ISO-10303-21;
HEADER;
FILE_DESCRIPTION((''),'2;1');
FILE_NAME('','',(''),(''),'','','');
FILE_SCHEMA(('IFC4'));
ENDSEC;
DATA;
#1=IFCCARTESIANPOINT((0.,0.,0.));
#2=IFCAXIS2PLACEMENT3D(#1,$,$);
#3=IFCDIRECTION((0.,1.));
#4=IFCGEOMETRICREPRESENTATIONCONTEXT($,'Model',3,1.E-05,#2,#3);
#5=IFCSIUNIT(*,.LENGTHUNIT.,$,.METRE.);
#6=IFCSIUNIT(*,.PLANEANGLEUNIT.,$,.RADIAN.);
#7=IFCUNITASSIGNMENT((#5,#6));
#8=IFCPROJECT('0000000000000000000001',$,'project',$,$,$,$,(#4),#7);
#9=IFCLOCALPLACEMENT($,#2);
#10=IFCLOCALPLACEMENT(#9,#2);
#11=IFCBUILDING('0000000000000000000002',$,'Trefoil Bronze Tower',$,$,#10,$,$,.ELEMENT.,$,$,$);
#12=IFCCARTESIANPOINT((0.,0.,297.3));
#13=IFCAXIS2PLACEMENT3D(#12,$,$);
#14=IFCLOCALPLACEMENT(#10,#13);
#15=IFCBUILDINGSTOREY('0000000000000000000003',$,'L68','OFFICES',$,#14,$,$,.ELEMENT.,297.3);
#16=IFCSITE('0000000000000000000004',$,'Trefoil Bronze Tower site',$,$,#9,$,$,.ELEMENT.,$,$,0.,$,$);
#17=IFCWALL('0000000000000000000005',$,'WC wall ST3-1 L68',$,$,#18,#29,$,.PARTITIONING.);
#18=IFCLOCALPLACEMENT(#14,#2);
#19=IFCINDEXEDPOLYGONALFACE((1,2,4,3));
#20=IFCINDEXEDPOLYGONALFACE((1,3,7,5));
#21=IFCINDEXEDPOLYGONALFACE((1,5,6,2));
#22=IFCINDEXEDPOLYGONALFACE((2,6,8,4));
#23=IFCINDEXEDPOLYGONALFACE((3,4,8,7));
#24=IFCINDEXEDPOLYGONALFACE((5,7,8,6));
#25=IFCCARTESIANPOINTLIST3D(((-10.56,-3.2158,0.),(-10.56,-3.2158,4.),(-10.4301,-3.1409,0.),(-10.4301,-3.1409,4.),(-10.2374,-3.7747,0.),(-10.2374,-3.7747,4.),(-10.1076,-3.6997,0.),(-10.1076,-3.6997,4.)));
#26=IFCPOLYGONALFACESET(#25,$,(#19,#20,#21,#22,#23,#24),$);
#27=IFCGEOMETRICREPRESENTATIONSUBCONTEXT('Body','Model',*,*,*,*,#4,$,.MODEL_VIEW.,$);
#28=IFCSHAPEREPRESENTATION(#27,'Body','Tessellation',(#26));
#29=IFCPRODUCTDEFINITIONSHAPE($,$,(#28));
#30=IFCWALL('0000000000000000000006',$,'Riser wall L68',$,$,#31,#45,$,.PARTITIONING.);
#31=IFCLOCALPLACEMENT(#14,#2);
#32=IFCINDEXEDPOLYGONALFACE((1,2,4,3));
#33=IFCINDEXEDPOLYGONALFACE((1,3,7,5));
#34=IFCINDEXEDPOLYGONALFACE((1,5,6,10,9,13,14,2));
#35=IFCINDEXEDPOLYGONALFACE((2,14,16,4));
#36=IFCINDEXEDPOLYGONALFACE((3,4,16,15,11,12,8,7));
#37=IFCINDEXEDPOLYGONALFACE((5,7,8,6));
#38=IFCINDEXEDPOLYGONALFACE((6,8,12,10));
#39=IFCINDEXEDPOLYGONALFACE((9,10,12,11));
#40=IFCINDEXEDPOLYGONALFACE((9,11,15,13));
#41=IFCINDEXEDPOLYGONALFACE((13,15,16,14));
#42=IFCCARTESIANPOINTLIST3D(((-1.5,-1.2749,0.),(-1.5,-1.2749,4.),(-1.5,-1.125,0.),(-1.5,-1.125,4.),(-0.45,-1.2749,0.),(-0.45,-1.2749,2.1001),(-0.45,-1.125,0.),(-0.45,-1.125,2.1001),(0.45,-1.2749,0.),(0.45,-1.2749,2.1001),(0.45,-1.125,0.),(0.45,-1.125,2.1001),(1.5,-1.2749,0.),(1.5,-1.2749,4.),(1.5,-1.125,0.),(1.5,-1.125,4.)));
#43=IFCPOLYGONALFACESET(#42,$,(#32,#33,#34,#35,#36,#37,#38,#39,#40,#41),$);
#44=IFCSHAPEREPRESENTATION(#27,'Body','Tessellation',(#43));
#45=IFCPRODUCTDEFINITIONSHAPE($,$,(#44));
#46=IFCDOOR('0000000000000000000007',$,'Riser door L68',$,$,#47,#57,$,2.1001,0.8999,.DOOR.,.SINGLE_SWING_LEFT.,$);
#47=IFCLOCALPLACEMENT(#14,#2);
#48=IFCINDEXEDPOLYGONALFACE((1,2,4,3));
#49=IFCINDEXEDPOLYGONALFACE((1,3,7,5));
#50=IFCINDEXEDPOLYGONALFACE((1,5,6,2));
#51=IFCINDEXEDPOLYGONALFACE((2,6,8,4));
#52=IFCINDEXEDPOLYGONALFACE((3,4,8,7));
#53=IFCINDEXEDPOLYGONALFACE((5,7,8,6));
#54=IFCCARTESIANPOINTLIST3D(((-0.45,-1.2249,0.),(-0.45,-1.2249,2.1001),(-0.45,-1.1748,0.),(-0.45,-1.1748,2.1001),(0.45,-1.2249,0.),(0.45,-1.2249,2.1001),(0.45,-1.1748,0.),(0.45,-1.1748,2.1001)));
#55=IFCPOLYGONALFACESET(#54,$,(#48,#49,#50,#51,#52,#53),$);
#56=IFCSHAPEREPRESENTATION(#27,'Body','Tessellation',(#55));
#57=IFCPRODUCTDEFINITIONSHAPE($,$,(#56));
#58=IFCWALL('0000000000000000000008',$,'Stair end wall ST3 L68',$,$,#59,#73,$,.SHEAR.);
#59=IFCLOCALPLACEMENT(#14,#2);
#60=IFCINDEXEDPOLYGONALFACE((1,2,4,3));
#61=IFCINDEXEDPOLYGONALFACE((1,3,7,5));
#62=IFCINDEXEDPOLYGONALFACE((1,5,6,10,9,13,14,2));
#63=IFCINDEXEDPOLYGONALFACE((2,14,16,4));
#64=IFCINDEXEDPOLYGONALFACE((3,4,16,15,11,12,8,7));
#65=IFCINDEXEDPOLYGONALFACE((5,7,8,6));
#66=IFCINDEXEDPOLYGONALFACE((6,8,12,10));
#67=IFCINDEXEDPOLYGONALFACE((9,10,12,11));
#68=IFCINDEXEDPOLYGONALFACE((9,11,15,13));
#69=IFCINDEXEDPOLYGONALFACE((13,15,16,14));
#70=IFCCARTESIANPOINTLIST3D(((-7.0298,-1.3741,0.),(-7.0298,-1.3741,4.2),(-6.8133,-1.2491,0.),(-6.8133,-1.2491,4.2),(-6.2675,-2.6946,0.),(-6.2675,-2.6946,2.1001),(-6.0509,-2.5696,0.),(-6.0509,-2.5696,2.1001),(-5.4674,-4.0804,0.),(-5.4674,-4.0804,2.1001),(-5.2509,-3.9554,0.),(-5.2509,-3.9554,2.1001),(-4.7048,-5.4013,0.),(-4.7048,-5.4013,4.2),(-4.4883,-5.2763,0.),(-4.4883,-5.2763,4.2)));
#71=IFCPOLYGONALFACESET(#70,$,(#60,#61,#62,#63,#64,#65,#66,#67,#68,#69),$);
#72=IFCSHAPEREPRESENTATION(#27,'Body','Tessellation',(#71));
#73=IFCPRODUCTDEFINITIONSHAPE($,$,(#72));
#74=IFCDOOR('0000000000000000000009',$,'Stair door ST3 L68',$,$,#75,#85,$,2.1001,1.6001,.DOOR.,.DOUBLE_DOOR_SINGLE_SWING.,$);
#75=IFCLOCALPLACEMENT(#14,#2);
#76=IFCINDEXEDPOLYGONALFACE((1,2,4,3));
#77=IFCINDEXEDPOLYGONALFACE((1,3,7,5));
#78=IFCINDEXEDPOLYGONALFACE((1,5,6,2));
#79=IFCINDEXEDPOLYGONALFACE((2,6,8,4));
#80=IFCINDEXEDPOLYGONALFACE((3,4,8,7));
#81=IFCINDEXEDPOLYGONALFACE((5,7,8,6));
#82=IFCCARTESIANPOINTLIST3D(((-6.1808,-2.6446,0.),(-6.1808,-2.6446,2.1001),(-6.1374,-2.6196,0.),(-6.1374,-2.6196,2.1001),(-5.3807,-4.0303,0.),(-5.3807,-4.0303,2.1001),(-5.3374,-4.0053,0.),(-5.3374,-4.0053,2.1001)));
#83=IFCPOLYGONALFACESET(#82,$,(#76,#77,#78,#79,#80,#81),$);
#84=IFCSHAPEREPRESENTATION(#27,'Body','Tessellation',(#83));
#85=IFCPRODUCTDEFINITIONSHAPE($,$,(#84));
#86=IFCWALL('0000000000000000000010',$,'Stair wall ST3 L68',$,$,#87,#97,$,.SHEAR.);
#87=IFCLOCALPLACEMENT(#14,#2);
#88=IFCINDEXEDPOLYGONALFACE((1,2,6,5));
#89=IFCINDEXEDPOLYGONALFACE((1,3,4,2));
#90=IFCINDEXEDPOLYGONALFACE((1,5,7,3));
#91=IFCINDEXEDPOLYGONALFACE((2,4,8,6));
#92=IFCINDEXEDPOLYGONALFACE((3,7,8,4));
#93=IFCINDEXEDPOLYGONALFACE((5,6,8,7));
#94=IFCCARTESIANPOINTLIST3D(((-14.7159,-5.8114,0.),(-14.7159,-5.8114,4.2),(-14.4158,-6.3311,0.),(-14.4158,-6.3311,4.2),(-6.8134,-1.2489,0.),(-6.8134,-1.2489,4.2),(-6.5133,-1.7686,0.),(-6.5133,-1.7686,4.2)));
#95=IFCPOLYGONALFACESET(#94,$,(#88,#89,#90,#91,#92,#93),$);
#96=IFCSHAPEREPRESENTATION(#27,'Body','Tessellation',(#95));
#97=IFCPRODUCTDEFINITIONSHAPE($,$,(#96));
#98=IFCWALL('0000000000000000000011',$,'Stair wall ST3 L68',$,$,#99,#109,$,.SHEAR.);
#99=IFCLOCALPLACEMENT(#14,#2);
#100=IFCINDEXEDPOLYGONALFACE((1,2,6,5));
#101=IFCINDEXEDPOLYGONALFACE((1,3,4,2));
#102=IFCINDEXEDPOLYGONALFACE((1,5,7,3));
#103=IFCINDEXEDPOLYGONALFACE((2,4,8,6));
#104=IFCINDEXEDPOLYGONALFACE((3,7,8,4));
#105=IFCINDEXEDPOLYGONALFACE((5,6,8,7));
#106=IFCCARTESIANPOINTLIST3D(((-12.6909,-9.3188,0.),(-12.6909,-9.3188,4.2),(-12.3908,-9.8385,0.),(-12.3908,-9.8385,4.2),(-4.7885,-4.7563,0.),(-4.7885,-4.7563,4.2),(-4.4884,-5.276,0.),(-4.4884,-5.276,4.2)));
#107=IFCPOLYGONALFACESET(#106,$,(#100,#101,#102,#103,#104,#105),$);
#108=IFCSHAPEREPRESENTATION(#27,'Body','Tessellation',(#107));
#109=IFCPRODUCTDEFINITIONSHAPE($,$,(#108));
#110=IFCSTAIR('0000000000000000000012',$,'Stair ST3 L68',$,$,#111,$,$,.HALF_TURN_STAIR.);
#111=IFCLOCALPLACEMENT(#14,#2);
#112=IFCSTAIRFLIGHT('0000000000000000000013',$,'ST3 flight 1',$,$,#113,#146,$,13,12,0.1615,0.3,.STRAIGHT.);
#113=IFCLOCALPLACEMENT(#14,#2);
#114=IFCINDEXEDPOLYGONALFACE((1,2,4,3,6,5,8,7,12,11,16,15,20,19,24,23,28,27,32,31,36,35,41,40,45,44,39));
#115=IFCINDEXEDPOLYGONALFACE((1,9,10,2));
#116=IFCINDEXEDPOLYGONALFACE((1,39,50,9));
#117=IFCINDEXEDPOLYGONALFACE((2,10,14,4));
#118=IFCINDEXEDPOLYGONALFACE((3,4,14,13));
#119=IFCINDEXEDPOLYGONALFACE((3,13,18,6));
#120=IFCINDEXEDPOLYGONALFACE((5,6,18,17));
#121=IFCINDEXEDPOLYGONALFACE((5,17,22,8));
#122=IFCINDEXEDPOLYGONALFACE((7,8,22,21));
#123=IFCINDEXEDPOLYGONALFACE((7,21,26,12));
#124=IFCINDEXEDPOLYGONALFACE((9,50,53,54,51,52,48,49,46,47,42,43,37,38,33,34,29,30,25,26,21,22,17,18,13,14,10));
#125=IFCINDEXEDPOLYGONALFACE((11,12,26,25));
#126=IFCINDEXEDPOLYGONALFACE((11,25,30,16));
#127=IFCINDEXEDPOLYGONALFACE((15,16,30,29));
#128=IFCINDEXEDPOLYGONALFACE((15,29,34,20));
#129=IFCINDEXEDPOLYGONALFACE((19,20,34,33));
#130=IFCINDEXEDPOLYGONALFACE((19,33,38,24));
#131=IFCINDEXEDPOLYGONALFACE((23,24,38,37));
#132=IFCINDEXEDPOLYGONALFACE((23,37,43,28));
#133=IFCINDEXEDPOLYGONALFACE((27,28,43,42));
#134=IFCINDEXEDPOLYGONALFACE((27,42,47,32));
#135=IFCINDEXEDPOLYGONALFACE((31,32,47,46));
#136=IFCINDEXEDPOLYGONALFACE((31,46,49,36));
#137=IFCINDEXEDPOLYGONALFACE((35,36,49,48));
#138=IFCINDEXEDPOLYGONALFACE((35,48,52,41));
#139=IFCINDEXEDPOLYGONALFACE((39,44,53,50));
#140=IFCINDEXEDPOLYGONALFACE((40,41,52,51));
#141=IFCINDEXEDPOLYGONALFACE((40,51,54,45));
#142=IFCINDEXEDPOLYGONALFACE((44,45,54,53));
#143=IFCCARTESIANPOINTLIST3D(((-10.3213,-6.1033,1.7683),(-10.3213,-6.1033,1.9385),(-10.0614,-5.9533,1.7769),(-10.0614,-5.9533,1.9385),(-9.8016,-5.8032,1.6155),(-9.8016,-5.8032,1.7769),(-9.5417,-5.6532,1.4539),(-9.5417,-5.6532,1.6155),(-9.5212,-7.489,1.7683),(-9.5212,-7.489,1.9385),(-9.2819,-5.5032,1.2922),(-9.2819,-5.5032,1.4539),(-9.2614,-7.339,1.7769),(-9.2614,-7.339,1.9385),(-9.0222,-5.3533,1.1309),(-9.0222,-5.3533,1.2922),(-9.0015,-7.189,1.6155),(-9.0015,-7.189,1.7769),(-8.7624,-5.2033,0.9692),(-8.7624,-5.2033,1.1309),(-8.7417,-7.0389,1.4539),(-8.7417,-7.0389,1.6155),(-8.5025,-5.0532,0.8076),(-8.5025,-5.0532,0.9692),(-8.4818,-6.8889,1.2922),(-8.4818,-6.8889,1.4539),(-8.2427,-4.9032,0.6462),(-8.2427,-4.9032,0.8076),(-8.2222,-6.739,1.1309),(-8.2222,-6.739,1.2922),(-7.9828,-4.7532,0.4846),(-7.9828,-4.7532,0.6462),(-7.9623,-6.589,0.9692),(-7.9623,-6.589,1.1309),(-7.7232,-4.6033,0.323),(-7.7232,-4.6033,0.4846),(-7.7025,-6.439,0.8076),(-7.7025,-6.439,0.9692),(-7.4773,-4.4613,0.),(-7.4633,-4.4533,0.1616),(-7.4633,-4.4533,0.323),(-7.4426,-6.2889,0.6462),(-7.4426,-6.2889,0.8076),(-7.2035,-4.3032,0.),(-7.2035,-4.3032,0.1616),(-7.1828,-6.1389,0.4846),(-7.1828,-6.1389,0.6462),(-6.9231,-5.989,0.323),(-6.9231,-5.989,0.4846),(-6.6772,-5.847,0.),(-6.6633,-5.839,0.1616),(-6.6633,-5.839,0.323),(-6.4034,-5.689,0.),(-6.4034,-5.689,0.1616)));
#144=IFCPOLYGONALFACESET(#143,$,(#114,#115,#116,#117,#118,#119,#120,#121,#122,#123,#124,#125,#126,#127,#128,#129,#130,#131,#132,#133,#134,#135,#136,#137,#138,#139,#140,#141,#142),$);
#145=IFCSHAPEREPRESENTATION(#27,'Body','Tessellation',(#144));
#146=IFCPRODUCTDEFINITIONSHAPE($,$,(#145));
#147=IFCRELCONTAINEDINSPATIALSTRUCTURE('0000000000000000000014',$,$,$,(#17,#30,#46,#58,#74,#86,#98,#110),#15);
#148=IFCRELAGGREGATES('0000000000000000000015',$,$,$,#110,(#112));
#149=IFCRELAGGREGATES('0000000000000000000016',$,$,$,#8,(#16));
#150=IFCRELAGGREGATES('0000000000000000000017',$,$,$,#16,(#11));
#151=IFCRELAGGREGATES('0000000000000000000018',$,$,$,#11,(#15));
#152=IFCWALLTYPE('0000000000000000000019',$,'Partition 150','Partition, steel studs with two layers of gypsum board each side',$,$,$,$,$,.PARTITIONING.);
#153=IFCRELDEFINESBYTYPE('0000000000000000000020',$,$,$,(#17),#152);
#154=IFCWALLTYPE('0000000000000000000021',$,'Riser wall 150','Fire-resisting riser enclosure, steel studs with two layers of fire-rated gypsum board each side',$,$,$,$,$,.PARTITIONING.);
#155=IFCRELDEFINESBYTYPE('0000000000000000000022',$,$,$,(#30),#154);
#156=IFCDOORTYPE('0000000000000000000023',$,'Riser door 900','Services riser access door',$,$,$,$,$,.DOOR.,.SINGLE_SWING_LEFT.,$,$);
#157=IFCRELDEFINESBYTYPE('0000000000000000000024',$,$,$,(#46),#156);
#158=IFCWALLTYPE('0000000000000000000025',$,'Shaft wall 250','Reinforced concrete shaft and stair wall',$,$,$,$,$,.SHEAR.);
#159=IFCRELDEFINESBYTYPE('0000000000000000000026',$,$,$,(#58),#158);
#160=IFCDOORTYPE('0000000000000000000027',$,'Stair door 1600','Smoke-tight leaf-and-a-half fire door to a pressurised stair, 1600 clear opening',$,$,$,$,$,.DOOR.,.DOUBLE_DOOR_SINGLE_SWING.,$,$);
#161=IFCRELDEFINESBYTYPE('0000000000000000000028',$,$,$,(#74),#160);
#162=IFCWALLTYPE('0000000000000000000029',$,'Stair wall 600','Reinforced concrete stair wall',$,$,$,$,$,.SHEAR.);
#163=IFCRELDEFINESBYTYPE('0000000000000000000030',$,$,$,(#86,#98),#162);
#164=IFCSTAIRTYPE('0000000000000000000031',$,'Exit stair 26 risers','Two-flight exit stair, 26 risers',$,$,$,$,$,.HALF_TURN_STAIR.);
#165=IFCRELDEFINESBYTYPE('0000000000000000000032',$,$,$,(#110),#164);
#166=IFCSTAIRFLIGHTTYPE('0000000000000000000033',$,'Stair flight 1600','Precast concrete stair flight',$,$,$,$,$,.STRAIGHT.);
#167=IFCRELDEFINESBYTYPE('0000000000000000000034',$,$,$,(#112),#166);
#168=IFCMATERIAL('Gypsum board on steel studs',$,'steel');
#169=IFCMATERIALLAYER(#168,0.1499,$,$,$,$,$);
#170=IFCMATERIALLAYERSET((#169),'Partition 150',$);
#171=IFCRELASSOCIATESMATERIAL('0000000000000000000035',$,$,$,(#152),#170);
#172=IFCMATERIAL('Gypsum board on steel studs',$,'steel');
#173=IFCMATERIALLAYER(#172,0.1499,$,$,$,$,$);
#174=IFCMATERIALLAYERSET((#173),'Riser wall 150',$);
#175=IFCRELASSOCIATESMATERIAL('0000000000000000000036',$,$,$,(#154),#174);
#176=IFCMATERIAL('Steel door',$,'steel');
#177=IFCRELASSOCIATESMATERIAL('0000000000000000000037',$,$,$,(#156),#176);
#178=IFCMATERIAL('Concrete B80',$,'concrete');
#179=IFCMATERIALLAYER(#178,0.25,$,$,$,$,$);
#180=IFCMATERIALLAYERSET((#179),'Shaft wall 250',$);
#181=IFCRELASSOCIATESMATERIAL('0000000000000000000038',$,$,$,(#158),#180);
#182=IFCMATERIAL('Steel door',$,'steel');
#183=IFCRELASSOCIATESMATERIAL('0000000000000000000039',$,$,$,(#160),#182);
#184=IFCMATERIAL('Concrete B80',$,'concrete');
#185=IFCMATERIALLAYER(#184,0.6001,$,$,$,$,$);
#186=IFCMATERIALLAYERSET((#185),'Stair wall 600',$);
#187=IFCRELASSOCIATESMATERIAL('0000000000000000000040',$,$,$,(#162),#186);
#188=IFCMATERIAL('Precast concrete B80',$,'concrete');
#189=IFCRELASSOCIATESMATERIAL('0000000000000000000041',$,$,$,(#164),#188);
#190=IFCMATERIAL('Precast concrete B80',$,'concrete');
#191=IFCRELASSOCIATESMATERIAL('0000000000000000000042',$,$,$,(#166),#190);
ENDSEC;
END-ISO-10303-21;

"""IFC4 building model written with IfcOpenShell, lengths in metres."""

from ifc_helpers import new_model, si_unit, direction, frame, frame_2d, origin, place, context, subcontext, project, spatial, polyline, rectangle, outline, extrude, material, layer, layer_set, type_object, element, fill, aggregate, save


model = new_model("IFC4")

# Units and contexts
model_context = context("Model", 3, precision=1e-05, world=origin(), true_north=direction((0.0, 1.0)))
body_context = subcontext(model_context, "Body", "Model", "MODEL_VIEW")
ifc_project = project(units=[si_unit("LENGTHUNIT", "METRE"), si_unit("PLANEANGLEUNIT", "RADIAN")], contexts=[model_context])

# Site, building, storey
site_placement = place(None, origin())
site = spatial("IfcSite", under=ifc_project, at=site_placement, Name="Trefoil Bronze Tower site", CompositionType="ELEMENT", RefElevation=0.0)
building_placement = place(site_placement, origin())
building = spatial("IfcBuilding", under=site, at=building_placement, Name="Trefoil Bronze Tower", CompositionType="ELEMENT")
storey_placement = place(building_placement, frame((0.0, 0.0, 297.3)))
storey = spatial("IfcBuildingStorey", under=building, at=storey_placement, Name="L68", Description="OFFICES", CompositionType="ELEMENT", Elevation=297.3)

# Shared definitions
ifc_material_1 = material(Name="Gypsum board on steel studs", Category="steel")
ifc_layer_1 = layer(ifc_material_1, 0.1499)
ifc_layer_set_1 = layer_set([ifc_layer_1], Name="Partition 150")
wall_type_1 = type_object("IfcWallType", Name="Partition 150", Description="Partition, steel studs with two layers of gypsum board each side", PredefinedType="PARTITIONING", material=ifc_layer_set_1)

# Wall
wall_1_placement = place(storey_placement, frame((-10.4951, -3.1782, 0.0), z_axis=(0.0, 0.0, 1.0), x_axis=(0.499843, -0.866116, 0.0)))
element("IfcWall", 1, at=wall_1_placement, inside=storey, type_object=wall_type_1, Name="WC wall ST3-1 L68", PredefinedType="PARTITIONING", context=body_context, shape_type="SweptSolid", body=[
    extrude(rectangle(XDim=0.6453, YDim=0.1499, at=frame_2d((0.3228, 0.0))), origin(), (0.0, 0.0, 1.0), 4.0),
])

# Walls, openings, doors
ifc_material_2 = material(Name="Gypsum board on steel studs", Category="steel")
ifc_layer_2 = layer(ifc_material_2, 0.1499)
ifc_layer_set_2 = layer_set([ifc_layer_2], Name="Riser wall 150")
wall_type_2 = type_object("IfcWallType", Name="Riser wall 150", Description="Fire-resisting riser enclosure, steel studs with two layers of fire-rated gypsum board each side", PredefinedType="PARTITIONING", material=ifc_layer_set_2)
wall_2_placement = place(storey_placement, frame((-1.5, -1.2, 0.0), z_axis=(0.0, 0.0, 1.0), x_axis=(1.0, 0.0, 0.0)))
wall_2 = element("IfcWall", 2, at=wall_2_placement, inside=storey, type_object=wall_type_2, Name="Riser wall L68", PredefinedType="PARTITIONING", context=body_context, shape_type="SweptSolid", body=[
    extrude(rectangle(XDim=3.0, YDim=0.1499, at=frame_2d((1.5, 0.0))), origin(), (0.0, 0.0, 1.0), 4.0),
])
opening_1_placement = place(wall_2_placement, frame((1.05, 0.0, 0.0)))
opening_1 = element("IfcOpeningElement", 3, at=opening_1_placement, cuts=wall_2, PredefinedType="OPENING", context=body_context, shape_type="SweptSolid", body=[
    extrude(rectangle(XDim=0.8999, YDim=2.1001, at=frame_2d((0.45, 1.05))), frame((0.0, 0.085, 0.0), z_axis=(0.0, -1.0, 0.0), x_axis=(1.0, 0.0, 0.0)), (0.0, 0.0, 1.0), 0.1699),
])
ifc_material_3 = material(Name="Steel door", Category="steel")
door_type_1 = type_object("IfcDoorType", Name="Riser door 900", Description="Services riser access door", OperationType="SINGLE_SWING_LEFT", PredefinedType="DOOR", material=ifc_material_3)
door_1_placement = place(opening_1_placement, frame((0.8999, 0.0, 0.0), z_axis=(0.0, 0.0, 1.0), x_axis=(-1.0, 0.0, 0.0)))
door_1 = element("IfcDoor", 4, at=door_1_placement, inside=storey, type_object=door_type_1, Name="Riser door L68", OperationType="SINGLE_SWING_LEFT", OverallHeight=2.1001, OverallWidth=0.8999, PredefinedType="DOOR", context=body_context, shape_type="SweptSolid", body=[
    extrude(rectangle(XDim=0.8999, YDim=2.1001, at=frame_2d((0.45, 1.05))), frame((0.0, 0.0249, 0.0), z_axis=(0.0, -1.0, 0.0), x_axis=(1.0, 0.0, 0.0)), (0.0, 0.0, 1.0), 0.05),
])
fill(opening_1, door_1)
ifc_material_4 = material(Name="Concrete B80", Category="concrete")
ifc_layer_3 = layer(ifc_material_4, 0.25)
ifc_layer_set_3 = layer_set([ifc_layer_3], Name="Shaft wall 250")
wall_type_3 = type_object("IfcWallType", Name="Shaft wall 250", Description="Reinforced concrete shaft and stair wall", PredefinedType="SHEAR", material=ifc_layer_set_3)
wall_3_placement = place(storey_placement, frame((-6.9216, -1.3115, 0.0), z_axis=(0.0, 0.0, 1.0), x_axis=(0.499985, -0.866034, 0.0)))
wall_3 = element("IfcWall", 5, at=wall_3_placement, inside=storey, type_object=wall_type_3, Name="Stair end wall ST3 L68", PredefinedType="SHEAR", context=body_context, shape_type="SweptSolid", body=[
    extrude(rectangle(XDim=4.6501, YDim=0.25, at=frame_2d((2.3252, 0.0))), origin(), (0.0, 0.0, 1.0), 4.2),
])
opening_2_placement = place(wall_3_placement, frame((1.5249, 0.0, 0.0)))
opening_2 = element("IfcOpeningElement", 6, at=opening_2_placement, cuts=wall_3, PredefinedType="OPENING", context=body_context, shape_type="SweptSolid", body=[
    extrude(rectangle(XDim=1.6001, YDim=2.1001, at=frame_2d((0.8, 1.05))), frame((0.0, 0.135, 0.0), z_axis=(0.0, -1.0, 0.0), x_axis=(1.0, 0.0, 0.0)), (0.0, 0.0, 1.0), 0.27),
])
ifc_material_5 = material(Name="Steel door", Category="steel")
door_type_2 = type_object("IfcDoorType", Name="Stair door 1600", Description="Smoke-tight leaf-and-a-half fire door to a pressurised stair, 1600 clear opening", OperationType="DOUBLE_DOOR_SINGLE_SWING", PredefinedType="DOOR", material=ifc_material_5)
door_2_placement = place(opening_2_placement, frame((1.6001, 0.0, 0.0), z_axis=(0.0, 0.0, 1.0), x_axis=(-1.0, 0.0, 0.0)))
door_2 = element("IfcDoor", 7, at=door_2_placement, inside=storey, type_object=door_type_2, Name="Stair door ST3 L68", OperationType="DOUBLE_DOOR_SINGLE_SWING", OverallHeight=2.1001, OverallWidth=1.6001, PredefinedType="DOOR", context=body_context, shape_type="SweptSolid", body=[
    extrude(rectangle(XDim=1.6001, YDim=2.1001, at=frame_2d((0.8, 1.05))), frame((0.0, 0.0249, 0.0), z_axis=(0.0, -1.0, 0.0), x_axis=(1.0, 0.0, 0.0)), (0.0, 0.0, 1.0), 0.05),
])
fill(opening_2, door_2)

# Walls
ifc_material_6 = material(Name="Concrete B80", Category="concrete")
ifc_layer_4 = layer(ifc_material_6, 0.6001)
ifc_layer_set_4 = layer_set([ifc_layer_4], Name="Stair wall 600")
wall_type_4 = type_object("IfcWallType", Name="Stair wall 600", Description="Reinforced concrete stair wall", PredefinedType="SHEAR", material=ifc_layer_set_4)
for number, where, z_axis, x_axis, name in (
    (8, (-6.6633, -1.5088, 0.0), (0.0, 0.0, 1.0), (-0.866028, -0.499995, 0.0), "Stair wall ST3 L68"),
    (9, (-4.6384, -5.0161, 0.0), (0.0, 0.0, 1.0), (-0.866022, -0.500007, 0.0), "Stair wall ST3 L68"),
):
    element("IfcWall", number, at=place(storey_placement, frame(where, z_axis=z_axis, x_axis=x_axis)), inside=storey, type_object=wall_type_4, Name=name, PredefinedType="SHEAR", context=body_context, shape_type="SweptSolid", body=[
        extrude(rectangle(XDim=9.125, YDim=0.6001, at=frame_2d((4.5625, 0.0))), origin(), (0.0, 0.0, 1.0), 4.2),
    ])

# Stair, stair flight
ifc_material_7 = material(Name="Precast concrete B80", Category="concrete")
stair_type = type_object("IfcStairType", Name="Exit stair 26 risers", Description="Two-flight exit stair, 26 risers", PredefinedType="HALF_TURN_STAIR", material=ifc_material_7)
stair_placement = place(storey_placement, origin())
stair = element("IfcStair", 10, at=stair_placement, inside=storey, type_object=stair_type, Name="Stair ST3 L68", PredefinedType="HALF_TURN_STAIR")
ifc_material_8 = material(Name="Precast concrete B80", Category="concrete")
stair_flight_type = type_object("IfcStairFlightType", Name="Stair flight 1600", Description="Precast concrete stair flight", PredefinedType="STRAIGHT", material=ifc_material_8)
stair_flight_1_placement = place(storey_placement, frame((-6.8035, -4.9961, 0.0), z_axis=(0.0, 0.0, 1.0), x_axis=(-0.866025, -0.5, 0.0)))
stair_flight_1 = element("IfcStairFlight", 11, at=stair_flight_1_placement, type_object=stair_flight_type, Name="ST3 flight 1", NumberOfRisers=13, NumberOfTreads=12, PredefinedType="STRAIGHT", RiserHeight=0.1615, TreadLength=0.3, context=body_context, shape_type="SweptSolid", body=[
    extrude(outline(polyline([(0.0, 0.0), (0.0, 0.1616), (0.3, 0.1616), (0.3, 0.323), (0.6001, 0.323), (0.6001, 0.4846), (0.8999, 0.4846), (0.8999, 0.6462), (1.2, 0.6462), (1.2, 0.8076), (1.5, 0.8076), (1.5, 0.9692), (1.8, 0.9692), (1.8, 1.1309), (2.1001, 1.1309), (2.1001, 1.2922), (2.3999, 1.2922), (2.3999, 1.4539), (2.7, 1.4539), (2.7, 1.6155), (3.0, 1.6155), (3.0, 1.7769), (3.3, 1.7769), (3.3, 1.9385), (3.6001, 1.9385), (3.6001, 2.1001), (3.6001, 1.7683), (0.3162, 0.0), (0.0, 0.0)])), frame((0.0, 0.8, 0.0), z_axis=(0.0, -1.0, 0.0), x_axis=(1.0, 0.0, 0.0)), (0.0, 0.0, 1.0), 1.6001),
])
aggregate(stair, [stair_flight_1])

save(model, "model.ifc")
